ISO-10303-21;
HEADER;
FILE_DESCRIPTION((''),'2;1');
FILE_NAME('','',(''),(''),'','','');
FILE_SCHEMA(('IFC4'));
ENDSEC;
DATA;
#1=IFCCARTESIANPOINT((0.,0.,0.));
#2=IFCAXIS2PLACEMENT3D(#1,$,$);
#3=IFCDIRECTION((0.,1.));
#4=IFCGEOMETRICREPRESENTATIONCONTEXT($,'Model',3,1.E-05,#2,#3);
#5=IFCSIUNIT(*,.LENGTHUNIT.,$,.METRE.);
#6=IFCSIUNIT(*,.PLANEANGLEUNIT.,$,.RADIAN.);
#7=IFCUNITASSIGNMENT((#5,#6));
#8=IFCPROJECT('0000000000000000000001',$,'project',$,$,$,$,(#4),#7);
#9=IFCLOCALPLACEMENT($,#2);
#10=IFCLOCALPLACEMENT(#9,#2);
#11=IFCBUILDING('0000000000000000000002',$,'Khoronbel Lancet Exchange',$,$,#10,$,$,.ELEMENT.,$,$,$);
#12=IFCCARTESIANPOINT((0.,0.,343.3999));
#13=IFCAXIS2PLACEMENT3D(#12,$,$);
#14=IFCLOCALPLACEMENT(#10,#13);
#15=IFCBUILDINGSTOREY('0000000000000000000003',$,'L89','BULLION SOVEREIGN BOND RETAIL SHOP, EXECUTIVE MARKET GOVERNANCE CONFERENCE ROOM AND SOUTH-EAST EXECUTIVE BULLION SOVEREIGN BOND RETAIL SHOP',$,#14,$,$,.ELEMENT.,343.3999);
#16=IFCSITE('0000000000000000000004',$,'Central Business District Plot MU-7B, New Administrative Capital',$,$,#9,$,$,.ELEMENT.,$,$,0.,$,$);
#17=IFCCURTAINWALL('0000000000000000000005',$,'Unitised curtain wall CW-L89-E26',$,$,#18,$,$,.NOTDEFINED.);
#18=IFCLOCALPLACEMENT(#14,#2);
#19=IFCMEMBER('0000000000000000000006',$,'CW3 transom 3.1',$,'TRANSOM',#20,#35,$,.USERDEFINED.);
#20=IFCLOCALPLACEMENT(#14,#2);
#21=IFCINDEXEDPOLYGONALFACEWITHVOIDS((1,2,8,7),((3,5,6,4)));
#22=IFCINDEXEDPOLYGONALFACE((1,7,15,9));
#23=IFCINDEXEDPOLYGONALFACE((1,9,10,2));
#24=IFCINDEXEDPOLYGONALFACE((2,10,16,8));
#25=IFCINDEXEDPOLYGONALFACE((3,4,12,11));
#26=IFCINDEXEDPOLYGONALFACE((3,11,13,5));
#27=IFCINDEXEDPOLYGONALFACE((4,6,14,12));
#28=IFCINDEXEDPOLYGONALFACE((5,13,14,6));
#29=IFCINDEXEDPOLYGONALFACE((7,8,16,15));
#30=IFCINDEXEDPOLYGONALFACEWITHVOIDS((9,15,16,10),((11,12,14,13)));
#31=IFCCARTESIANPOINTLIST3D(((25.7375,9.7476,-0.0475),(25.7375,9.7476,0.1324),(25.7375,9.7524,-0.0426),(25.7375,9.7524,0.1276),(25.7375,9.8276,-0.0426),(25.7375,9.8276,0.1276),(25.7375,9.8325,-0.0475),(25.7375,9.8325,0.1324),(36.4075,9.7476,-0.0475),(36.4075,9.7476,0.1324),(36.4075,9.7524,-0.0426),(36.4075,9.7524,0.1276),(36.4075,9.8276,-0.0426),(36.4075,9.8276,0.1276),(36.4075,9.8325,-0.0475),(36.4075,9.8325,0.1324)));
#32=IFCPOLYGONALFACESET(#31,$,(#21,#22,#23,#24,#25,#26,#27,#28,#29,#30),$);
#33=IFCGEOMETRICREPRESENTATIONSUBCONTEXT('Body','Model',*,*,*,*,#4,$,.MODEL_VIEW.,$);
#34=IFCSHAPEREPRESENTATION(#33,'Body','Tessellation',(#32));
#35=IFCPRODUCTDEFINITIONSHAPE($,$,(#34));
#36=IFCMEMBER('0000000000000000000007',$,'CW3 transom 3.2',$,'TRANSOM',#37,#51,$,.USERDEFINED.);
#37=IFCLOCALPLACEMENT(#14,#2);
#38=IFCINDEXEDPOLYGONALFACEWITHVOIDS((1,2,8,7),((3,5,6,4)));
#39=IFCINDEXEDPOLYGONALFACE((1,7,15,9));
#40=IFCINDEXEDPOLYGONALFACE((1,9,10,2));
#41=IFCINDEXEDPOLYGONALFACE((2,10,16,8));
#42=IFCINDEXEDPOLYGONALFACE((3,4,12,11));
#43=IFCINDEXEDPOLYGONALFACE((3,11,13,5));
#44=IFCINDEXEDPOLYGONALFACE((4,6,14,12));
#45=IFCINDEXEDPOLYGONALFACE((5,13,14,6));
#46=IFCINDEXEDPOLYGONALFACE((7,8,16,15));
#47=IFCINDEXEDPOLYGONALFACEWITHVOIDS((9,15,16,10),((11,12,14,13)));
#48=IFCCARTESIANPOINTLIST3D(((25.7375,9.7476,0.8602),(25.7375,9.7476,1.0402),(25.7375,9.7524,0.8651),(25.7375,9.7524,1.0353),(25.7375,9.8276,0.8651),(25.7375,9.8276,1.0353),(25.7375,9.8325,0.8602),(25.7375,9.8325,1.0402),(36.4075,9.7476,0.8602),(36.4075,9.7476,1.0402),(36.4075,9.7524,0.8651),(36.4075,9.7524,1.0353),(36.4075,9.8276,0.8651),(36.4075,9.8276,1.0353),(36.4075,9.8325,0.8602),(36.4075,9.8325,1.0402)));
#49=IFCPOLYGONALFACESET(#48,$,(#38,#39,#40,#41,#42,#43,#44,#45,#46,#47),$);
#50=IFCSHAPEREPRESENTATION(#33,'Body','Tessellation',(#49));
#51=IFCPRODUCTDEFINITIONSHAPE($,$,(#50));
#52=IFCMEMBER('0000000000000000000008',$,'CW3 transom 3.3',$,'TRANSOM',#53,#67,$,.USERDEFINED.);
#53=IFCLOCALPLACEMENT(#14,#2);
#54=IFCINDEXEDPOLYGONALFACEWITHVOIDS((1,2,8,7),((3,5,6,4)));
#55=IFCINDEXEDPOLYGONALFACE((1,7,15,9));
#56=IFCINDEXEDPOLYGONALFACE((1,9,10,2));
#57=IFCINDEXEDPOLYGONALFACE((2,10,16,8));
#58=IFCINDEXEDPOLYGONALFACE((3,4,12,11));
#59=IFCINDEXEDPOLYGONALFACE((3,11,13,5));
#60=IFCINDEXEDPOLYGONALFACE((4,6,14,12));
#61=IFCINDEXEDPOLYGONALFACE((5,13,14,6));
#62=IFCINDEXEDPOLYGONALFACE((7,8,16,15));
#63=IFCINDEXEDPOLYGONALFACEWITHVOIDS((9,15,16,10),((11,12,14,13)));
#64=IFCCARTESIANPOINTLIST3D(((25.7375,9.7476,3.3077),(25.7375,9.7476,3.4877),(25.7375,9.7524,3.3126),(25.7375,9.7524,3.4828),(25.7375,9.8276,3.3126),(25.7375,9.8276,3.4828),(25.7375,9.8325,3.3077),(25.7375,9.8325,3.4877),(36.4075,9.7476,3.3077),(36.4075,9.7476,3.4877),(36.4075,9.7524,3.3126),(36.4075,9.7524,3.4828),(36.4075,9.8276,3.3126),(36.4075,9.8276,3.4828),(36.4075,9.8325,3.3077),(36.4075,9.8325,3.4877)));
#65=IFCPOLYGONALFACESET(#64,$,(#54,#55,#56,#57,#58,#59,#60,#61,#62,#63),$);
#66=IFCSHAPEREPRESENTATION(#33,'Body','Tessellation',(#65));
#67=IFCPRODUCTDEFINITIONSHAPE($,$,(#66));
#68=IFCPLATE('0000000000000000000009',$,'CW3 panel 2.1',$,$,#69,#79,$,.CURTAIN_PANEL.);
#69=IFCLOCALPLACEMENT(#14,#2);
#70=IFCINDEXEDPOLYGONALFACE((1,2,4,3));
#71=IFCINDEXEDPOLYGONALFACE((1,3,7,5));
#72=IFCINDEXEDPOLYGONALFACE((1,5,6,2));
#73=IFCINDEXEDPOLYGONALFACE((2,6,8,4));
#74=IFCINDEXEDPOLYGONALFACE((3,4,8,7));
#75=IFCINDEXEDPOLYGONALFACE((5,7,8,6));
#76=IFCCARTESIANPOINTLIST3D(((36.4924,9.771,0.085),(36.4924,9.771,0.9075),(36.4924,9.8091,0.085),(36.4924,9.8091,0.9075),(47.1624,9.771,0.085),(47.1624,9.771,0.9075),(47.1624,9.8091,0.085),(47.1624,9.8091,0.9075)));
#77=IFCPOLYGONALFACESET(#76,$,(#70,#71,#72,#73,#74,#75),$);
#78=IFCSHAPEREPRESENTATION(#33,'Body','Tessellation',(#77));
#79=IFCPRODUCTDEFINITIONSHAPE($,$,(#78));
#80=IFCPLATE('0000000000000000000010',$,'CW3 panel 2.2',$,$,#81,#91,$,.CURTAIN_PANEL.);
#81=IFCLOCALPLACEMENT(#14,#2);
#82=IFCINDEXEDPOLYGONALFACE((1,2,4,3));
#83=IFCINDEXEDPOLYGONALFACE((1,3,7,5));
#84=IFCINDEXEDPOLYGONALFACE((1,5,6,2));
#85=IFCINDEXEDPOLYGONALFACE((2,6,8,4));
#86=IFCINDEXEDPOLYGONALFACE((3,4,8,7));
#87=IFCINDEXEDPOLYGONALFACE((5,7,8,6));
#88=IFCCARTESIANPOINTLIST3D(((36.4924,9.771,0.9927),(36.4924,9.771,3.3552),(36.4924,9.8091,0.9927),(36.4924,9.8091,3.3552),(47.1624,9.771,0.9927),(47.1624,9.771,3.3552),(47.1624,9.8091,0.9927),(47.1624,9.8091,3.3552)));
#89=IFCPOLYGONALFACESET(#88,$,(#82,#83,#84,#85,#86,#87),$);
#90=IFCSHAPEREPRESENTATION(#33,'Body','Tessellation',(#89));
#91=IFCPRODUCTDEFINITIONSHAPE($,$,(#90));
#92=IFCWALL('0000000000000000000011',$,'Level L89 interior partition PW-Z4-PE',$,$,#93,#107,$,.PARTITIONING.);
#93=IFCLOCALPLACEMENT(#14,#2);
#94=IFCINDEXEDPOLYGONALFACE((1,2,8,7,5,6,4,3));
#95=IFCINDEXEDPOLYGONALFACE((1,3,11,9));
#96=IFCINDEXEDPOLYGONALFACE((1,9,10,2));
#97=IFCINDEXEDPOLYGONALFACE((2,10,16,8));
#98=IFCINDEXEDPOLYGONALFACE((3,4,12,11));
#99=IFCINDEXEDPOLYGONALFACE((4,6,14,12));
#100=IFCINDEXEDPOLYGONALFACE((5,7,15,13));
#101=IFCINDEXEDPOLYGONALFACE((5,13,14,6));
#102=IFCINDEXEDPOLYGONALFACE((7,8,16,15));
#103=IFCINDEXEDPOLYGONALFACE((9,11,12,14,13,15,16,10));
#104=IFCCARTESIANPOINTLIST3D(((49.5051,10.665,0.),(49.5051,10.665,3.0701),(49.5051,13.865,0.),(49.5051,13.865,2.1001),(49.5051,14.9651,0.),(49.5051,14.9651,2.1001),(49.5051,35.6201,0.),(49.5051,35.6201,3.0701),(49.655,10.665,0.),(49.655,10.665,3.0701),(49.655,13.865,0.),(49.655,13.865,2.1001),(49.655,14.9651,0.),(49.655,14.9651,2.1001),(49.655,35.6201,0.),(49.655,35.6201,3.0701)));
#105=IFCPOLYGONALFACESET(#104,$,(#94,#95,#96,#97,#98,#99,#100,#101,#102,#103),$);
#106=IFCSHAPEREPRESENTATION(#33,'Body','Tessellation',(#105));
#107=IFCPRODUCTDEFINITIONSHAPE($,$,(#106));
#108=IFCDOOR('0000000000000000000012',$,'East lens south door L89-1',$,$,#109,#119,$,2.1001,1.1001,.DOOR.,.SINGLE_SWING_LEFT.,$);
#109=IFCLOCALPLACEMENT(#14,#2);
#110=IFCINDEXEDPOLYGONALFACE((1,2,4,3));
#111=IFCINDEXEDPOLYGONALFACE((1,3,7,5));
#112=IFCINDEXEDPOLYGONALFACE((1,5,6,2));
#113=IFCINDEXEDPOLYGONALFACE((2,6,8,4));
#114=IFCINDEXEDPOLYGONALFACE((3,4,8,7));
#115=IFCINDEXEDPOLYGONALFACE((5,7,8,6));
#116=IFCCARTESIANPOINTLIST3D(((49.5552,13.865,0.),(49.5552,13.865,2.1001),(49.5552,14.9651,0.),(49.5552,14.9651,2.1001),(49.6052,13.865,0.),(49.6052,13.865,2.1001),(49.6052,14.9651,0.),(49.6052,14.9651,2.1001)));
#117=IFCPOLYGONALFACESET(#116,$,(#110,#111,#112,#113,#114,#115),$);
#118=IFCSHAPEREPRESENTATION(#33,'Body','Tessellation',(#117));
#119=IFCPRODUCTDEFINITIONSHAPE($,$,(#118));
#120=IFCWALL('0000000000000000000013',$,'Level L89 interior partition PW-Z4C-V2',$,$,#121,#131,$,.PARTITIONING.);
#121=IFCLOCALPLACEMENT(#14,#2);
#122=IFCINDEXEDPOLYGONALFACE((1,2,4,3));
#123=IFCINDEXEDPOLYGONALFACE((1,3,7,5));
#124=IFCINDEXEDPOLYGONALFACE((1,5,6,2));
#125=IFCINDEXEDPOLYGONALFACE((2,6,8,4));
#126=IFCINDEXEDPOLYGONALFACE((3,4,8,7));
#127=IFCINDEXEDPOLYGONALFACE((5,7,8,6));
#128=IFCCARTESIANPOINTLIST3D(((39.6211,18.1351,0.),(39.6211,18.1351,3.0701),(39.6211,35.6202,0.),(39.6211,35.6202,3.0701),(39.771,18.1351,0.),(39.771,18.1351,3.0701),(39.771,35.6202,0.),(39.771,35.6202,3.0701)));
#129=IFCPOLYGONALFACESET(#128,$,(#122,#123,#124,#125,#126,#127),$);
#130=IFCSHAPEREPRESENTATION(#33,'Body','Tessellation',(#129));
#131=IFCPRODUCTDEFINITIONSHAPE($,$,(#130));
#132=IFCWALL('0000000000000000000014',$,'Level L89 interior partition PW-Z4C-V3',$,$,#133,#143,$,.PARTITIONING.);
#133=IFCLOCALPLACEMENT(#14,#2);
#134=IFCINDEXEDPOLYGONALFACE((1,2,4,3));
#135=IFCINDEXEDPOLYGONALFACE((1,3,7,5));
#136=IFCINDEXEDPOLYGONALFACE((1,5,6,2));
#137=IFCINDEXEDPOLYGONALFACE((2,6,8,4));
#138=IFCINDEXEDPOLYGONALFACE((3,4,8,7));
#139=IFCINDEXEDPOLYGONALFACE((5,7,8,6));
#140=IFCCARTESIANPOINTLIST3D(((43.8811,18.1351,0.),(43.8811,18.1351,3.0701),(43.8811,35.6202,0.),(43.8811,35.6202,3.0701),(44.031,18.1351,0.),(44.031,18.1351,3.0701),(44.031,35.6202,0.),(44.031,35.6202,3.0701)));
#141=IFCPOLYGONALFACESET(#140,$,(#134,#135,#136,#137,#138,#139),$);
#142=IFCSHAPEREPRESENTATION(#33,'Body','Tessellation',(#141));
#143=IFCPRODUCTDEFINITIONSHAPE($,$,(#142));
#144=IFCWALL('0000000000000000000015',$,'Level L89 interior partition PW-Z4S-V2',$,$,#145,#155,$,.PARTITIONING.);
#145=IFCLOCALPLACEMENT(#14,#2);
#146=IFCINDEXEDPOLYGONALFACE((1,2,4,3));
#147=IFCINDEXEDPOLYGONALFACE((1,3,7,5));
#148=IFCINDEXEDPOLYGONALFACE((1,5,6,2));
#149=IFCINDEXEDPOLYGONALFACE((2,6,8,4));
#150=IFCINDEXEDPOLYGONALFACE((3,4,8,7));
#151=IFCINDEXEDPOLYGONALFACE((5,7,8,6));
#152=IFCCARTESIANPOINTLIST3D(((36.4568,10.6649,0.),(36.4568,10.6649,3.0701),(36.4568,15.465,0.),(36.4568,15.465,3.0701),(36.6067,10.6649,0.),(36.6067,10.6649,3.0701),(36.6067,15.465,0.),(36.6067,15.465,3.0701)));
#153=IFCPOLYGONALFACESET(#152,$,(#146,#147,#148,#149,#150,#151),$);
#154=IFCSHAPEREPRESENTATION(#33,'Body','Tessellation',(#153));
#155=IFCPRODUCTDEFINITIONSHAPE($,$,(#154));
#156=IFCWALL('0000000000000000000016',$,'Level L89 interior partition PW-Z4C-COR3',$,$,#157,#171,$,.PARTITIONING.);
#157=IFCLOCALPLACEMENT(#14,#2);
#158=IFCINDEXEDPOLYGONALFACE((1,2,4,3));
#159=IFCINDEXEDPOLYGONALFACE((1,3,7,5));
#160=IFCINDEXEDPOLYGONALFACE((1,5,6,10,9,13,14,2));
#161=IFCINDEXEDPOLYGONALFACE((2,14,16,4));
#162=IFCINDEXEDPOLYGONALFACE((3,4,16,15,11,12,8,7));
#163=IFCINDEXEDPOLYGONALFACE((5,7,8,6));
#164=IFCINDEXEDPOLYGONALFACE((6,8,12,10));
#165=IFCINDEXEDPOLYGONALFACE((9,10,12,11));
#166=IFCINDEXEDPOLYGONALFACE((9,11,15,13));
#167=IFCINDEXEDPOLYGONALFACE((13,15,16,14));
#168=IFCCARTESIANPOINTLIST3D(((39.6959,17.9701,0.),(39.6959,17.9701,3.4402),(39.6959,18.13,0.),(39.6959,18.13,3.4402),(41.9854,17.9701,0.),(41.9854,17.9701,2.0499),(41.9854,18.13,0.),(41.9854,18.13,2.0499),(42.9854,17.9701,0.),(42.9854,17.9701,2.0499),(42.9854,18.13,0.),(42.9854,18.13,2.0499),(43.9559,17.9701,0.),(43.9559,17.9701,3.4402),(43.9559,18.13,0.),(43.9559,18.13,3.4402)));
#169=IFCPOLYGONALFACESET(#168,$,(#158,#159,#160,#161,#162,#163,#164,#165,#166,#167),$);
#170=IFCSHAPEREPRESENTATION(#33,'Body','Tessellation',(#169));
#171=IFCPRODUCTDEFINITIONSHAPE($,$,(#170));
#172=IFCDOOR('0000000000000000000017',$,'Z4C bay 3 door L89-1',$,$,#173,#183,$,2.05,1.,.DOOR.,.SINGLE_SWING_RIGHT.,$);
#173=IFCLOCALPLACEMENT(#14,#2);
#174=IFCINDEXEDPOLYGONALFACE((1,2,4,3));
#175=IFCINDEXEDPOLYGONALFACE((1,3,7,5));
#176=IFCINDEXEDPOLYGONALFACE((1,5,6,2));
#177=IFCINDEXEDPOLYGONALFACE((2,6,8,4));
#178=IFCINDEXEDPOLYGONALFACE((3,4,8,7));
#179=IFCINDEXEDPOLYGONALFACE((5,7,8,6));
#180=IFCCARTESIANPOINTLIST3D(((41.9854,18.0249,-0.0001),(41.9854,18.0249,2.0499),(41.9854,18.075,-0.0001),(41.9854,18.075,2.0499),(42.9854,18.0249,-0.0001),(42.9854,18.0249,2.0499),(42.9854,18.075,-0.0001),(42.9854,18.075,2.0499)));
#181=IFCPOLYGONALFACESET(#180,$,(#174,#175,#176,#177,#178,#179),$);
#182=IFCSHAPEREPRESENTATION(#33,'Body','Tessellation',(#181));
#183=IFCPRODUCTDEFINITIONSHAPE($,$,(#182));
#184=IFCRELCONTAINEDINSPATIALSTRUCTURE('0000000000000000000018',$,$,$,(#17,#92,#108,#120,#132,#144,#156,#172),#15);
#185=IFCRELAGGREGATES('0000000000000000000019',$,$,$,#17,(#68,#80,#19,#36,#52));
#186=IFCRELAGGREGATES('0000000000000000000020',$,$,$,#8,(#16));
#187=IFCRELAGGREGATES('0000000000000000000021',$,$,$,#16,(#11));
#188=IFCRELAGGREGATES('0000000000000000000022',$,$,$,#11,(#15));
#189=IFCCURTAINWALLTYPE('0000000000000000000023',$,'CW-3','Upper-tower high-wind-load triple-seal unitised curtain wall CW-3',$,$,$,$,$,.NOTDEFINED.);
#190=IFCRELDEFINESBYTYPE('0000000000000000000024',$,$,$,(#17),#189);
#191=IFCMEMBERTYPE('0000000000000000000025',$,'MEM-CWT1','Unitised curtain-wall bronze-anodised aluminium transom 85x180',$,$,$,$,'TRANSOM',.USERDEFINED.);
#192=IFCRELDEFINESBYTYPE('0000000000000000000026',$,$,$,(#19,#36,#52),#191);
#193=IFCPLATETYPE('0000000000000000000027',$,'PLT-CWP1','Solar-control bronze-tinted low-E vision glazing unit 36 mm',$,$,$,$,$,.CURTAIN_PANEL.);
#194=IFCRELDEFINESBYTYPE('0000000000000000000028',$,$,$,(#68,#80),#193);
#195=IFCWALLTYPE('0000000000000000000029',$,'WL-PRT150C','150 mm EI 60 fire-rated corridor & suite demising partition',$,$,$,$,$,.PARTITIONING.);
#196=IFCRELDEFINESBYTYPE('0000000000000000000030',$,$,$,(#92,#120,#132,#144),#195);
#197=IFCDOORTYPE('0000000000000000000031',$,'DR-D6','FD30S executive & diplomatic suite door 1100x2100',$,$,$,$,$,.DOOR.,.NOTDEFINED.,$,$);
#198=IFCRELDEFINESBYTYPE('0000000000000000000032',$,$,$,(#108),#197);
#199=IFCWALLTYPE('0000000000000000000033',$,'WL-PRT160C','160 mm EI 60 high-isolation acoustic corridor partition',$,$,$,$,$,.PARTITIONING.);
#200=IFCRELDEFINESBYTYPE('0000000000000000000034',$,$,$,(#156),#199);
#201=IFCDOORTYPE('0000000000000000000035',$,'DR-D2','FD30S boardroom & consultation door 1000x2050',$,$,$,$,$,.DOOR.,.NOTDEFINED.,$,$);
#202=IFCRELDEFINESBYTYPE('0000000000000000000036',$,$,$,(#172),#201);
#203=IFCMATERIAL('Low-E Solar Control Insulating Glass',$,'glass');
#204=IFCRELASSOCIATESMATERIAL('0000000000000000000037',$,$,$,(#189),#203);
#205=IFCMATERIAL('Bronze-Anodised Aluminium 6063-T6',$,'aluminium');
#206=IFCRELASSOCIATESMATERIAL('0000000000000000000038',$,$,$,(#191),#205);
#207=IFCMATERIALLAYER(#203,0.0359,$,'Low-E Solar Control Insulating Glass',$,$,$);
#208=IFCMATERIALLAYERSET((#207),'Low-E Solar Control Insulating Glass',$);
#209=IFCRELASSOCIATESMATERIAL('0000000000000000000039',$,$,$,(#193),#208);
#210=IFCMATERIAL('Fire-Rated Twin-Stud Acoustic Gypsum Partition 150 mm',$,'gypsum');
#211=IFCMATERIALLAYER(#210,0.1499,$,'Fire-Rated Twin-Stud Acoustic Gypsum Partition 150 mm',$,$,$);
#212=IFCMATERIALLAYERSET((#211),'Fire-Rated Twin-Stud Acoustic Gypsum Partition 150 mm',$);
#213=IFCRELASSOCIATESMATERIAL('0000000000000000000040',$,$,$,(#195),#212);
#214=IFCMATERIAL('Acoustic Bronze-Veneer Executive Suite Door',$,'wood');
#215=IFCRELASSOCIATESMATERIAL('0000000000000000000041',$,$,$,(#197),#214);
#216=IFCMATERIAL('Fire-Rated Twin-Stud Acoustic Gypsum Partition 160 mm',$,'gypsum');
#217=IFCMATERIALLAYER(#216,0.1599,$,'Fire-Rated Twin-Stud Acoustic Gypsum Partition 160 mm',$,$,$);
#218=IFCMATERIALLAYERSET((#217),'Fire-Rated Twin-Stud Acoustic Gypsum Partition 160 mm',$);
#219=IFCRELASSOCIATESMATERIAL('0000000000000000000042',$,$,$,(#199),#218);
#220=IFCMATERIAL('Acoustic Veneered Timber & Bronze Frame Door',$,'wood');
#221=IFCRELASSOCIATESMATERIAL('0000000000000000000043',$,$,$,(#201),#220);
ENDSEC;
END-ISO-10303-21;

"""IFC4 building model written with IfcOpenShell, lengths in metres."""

from ifc_helpers import new_model, si_unit, direction, frame, frame_2d, origin, origin_2d, place, context, subcontext, project, spatial, rectangle, hollow_rectangle, extrude, material, layer, layer_set, material_profile, profile_set, type_object, element, fill, aggregate, save


model = new_model("IFC4")

# Units and contexts
model_context = context("Model", 3, precision=1e-05, world=origin(), true_north=direction((0.0, 1.0)))
body_context = subcontext(model_context, "Body", "Model", "MODEL_VIEW")
ifc_project = project(units=[si_unit("LENGTHUNIT", "METRE"), si_unit("PLANEANGLEUNIT", "RADIAN")], contexts=[model_context])

# Site, building, storey
site_placement = place(None, origin())
site = spatial("IfcSite", under=ifc_project, at=site_placement, Name="Central Business District Plot MU-7B, New Administrative Capital", CompositionType="ELEMENT", RefElevation=0.0)
building_placement = place(site_placement, origin())
building = spatial("IfcBuilding", under=site, at=building_placement, Name="Khoronbel Lancet Exchange", CompositionType="ELEMENT")
storey_placement = place(building_placement, frame((0.0, 0.0, 343.3999)))
storey = spatial("IfcBuildingStorey", under=building, at=storey_placement, Name="L89", Description="BULLION SOVEREIGN BOND RETAIL SHOP, EXECUTIVE MARKET GOVERNANCE CONFERENCE ROOM AND SOUTH-EAST EXECUTIVE BULLION SOVEREIGN BOND RETAIL SHOP", CompositionType="ELEMENT", Elevation=343.3999)

# Curtain wall, members, plates
ifc_material_1 = material(Name="Low-E Solar Control Insulating Glass", Category="glass")
curtain_wall_type = type_object("IfcCurtainWallType", Name="CW-3", Description="Upper-tower high-wind-load triple-seal unitised curtain wall CW-3", PredefinedType="NOTDEFINED", material=ifc_material_1)
curtain_wall_placement = place(storey_placement, origin())
curtain_wall = element("IfcCurtainWall", 1, at=curtain_wall_placement, inside=storey, type_object=curtain_wall_type, Name="Unitised curtain wall CW-L89-E26", PredefinedType="NOTDEFINED")
ifc_material_2 = material(Name="Bronze-Anodised Aluminium 6063-T6", Category="aluminium")
ifc_material_profile_1 = material_profile(ifc_material_2, hollow_rectangle(XDim=0.085, YDim=0.1799, WallThickness=0.0049, at=origin_2d()), Name="ALU TRANSOM 85x180")
ifc_profile_set_1 = profile_set([ifc_material_profile_1], Name="Bronze-Anodised Aluminium 6063-T6")
member_type_1 = type_object("IfcMemberType", Name="MEM-CWT1", Description="Unitised curtain-wall bronze-anodised aluminium transom 85x180", ElementType="TRANSOM", PredefinedType="USERDEFINED", material=ifc_profile_set_1)
member_1_placement = place(storey_placement, frame((36.4075, 9.79, 0.0425), z_axis=(-1.0, 0.0, 0.0), x_axis=(0.0, -1.0, 0.0)))
member_1 = element("IfcMember", 2, at=member_1_placement, type_object=member_type_1, Name="CW3 transom 3.1", ObjectType="TRANSOM", PredefinedType="USERDEFINED", context=body_context, shape_type="SweptSolid", body=[
    extrude(hollow_rectangle(XDim=0.085, YDim=0.1799, WallThickness=0.0049, at=origin_2d()), origin(), (0.0, 0.0, 1.0), 10.6699),
])
member_2_placement = place(storey_placement, frame((36.4075, 9.79, 0.9502), z_axis=(-1.0, 0.0, 0.0), x_axis=(0.0, -1.0, 0.0)))
member_2 = element("IfcMember", 3, at=member_2_placement, type_object=member_type_1, Name="CW3 transom 3.2", ObjectType="TRANSOM", PredefinedType="USERDEFINED", context=body_context, shape_type="SweptSolid", body=[
    extrude(hollow_rectangle(XDim=0.085, YDim=0.1799, WallThickness=0.0049, at=origin_2d()), origin(), (0.0, 0.0, 1.0), 10.6699),
])
member_3_placement = place(storey_placement, frame((36.4075, 9.79, 3.3977), z_axis=(-1.0, 0.0, 0.0), x_axis=(0.0, -1.0, 0.0)))
member_3 = element("IfcMember", 4, at=member_3_placement, type_object=member_type_1, Name="CW3 transom 3.3", ObjectType="TRANSOM", PredefinedType="USERDEFINED", context=body_context, shape_type="SweptSolid", body=[
    extrude(hollow_rectangle(XDim=0.085, YDim=0.1799, WallThickness=0.0049, at=origin_2d()), origin(), (0.0, 0.0, 1.0), 10.6699),
])
ifc_layer_1 = layer(ifc_material_1, 0.0359, Name="Low-E Solar Control Insulating Glass")
ifc_layer_set_1 = layer_set([ifc_layer_1], Name="Low-E Solar Control Insulating Glass")
plate_type = type_object("IfcPlateType", Name="PLT-CWP1", Description="Solar-control bronze-tinted low-E vision glazing unit 36 mm", PredefinedType="CURTAIN_PANEL", material=ifc_layer_set_1)
plate_1_placement = place(storey_placement, frame((41.8274, 9.79, 0.085), z_axis=(0.0, 0.0, 1.0), x_axis=(-1.0, 0.0, 0.0)))
plate_1 = element("IfcPlate", 5, at=plate_1_placement, type_object=plate_type, Name="CW3 panel 2.1", PredefinedType="CURTAIN_PANEL", context=body_context, shape_type="SweptSolid", body=[
    extrude(rectangle(XDim=10.6699, YDim=0.0381, at=origin_2d()), origin(), (0.0, 0.0, 1.0), 0.8225),
])
plate_2_placement = place(storey_placement, frame((41.8274, 9.79, 0.9927), z_axis=(0.0, 0.0, 1.0), x_axis=(-1.0, 0.0, 0.0)))
plate_2 = element("IfcPlate", 6, at=plate_2_placement, type_object=plate_type, Name="CW3 panel 2.2", PredefinedType="CURTAIN_PANEL", context=body_context, shape_type="SweptSolid", body=[
    extrude(rectangle(XDim=10.6699, YDim=0.0381, at=origin_2d()), origin(), (0.0, 0.0, 1.0), 2.3625),
])
aggregate(curtain_wall, [plate_1, plate_2, member_1, member_2, member_3])

# Wall, opening, door
ifc_material_3 = material(Name="Fire-Rated Twin-Stud Acoustic Gypsum Partition 150 mm", Category="gypsum")
ifc_layer_2 = layer(ifc_material_3, 0.1499, Name="Fire-Rated Twin-Stud Acoustic Gypsum Partition 150 mm")
ifc_layer_set_2 = layer_set([ifc_layer_2], Name="Fire-Rated Twin-Stud Acoustic Gypsum Partition 150 mm")
wall_type_1 = type_object("IfcWallType", Name="WL-PRT150C", Description="150 mm EI 60 fire-rated corridor & suite demising partition", PredefinedType="PARTITIONING", material=ifc_layer_set_2)
wall_1_placement = place(storey_placement, frame((49.5801, 10.665, 0.0), z_axis=(0.0, 0.0, 1.0), x_axis=(0.0, 1.0, 0.0)))
wall_1 = element("IfcWall", 7, at=wall_1_placement, inside=storey, type_object=wall_type_1, Name="Level L89 interior partition PW-Z4-PE", PredefinedType="PARTITIONING", context=body_context, shape_type="SweptSolid", body=[
    extrude(rectangle(XDim=24.9551, YDim=0.1499, at=frame_2d((12.4775, 0.0))), origin(), (0.0, 0.0, 1.0), 3.0701),
])
opening_1_placement = place(wall_1_placement, frame((3.2, 0.0, 0.0)))
opening_1 = element("IfcOpeningElement", 8, at=opening_1_placement, cuts=wall_1, PredefinedType="OPENING", context=body_context, shape_type="SweptSolid", body=[
    extrude(rectangle(XDim=1.1001, YDim=2.1001, at=frame_2d((0.55, 1.05))), frame((0.0, 0.085, 0.0), z_axis=(0.0, -1.0, 0.0), x_axis=(1.0, 0.0, 0.0)), (0.0, 0.0, 1.0), 0.1699),
])
ifc_material_4 = material(Name="Acoustic Bronze-Veneer Executive Suite Door", Category="wood")
door_type_1 = type_object("IfcDoorType", Name="DR-D6", Description="FD30S executive & diplomatic suite door 1100x2100", OperationType="NOTDEFINED", PredefinedType="DOOR", material=ifc_material_4)
door_1_placement = place(opening_1_placement, origin())
door_1 = element("IfcDoor", 9, at=door_1_placement, inside=storey, type_object=door_type_1, Name="East lens south door L89-1", OperationType="SINGLE_SWING_LEFT", OverallHeight=2.1001, OverallWidth=1.1001, PredefinedType="DOOR", context=body_context, shape_type="SweptSolid", body=[
    extrude(rectangle(XDim=1.1001, YDim=2.1001, at=frame_2d((0.55, 1.05))), frame((0.0, 0.0249, 0.0), z_axis=(0.0, -1.0, 0.0), x_axis=(1.0, 0.0, 0.0)), (0.0, 0.0, 1.0), 0.05),
])
fill(opening_1, door_1)

# Walls
for number, where, z_axis, x_axis, name in (
    (10, (39.696, 18.135, 0.0), (0.0, 0.0, 1.0), (0.0, 1.0, 0.0), "Level L89 interior partition PW-Z4C-V2"),
    (11, (43.9561, 18.135, 0.0), (0.0, 0.0, 1.0), (0.0, 1.0, 0.0), "Level L89 interior partition PW-Z4C-V3"),
):
    element("IfcWall", number, at=place(storey_placement, frame(where, z_axis=z_axis, x_axis=x_axis)), inside=storey, type_object=wall_type_1, Name=name, PredefinedType="PARTITIONING", context=body_context, shape_type="SweptSolid", body=[
        extrude(rectangle(XDim=17.4851, YDim=0.1499, at=frame_2d((8.7427, 0.0))), origin(), (0.0, 0.0, 1.0), 3.0701),
    ])
wall_2_placement = place(storey_placement, frame((36.5317, 10.665, 0.0), z_axis=(0.0, 0.0, 1.0), x_axis=(0.0, 1.0, 0.0)))
element("IfcWall", 12, at=wall_2_placement, inside=storey, type_object=wall_type_1, Name="Level L89 interior partition PW-Z4S-V2", PredefinedType="PARTITIONING", context=body_context, shape_type="SweptSolid", body=[
    extrude(rectangle(XDim=4.8, YDim=0.1499, at=frame_2d((2.3999, 0.0))), origin(), (0.0, 0.0, 1.0), 3.0701),
])

# Wall, opening, door
ifc_material_5 = material(Name="Fire-Rated Twin-Stud Acoustic Gypsum Partition 160 mm", Category="gypsum")
ifc_layer_3 = layer(ifc_material_5, 0.1599, Name="Fire-Rated Twin-Stud Acoustic Gypsum Partition 160 mm")
ifc_layer_set_3 = layer_set([ifc_layer_3], Name="Fire-Rated Twin-Stud Acoustic Gypsum Partition 160 mm")
wall_type_2 = type_object("IfcWallType", Name="WL-PRT160C", Description="160 mm EI 60 high-isolation acoustic corridor partition", PredefinedType="PARTITIONING", material=ifc_layer_set_3)
wall_3_placement = place(storey_placement, frame((39.696, 18.05, 0.0), z_axis=(0.0, 0.0, 1.0), x_axis=(1.0, 0.0, 0.0)))
wall_3 = element("IfcWall", 13, at=wall_3_placement, inside=storey, type_object=wall_type_2, Name="Level L89 interior partition PW-Z4C-COR3", PredefinedType="PARTITIONING", context=body_context, shape_type="SweptSolid", body=[
    extrude(rectangle(XDim=4.26, YDim=0.1599, at=frame_2d((2.1299, 0.0))), origin(), (0.0, 0.0, 1.0), 3.4402),
])
opening_2_placement = place(wall_3_placement, frame((2.2893, 0.0, 0.0)))
opening_2 = element("IfcOpeningElement", 14, at=opening_2_placement, cuts=wall_3, PredefinedType="OPENING", context=body_context, shape_type="SweptSolid", body=[
    extrude(rectangle(XDim=1.0, YDim=2.05, at=frame_2d((0.5, 1.0249))), frame((0.0, 0.0898, 0.0), z_axis=(0.0, -1.0, 0.0), x_axis=(1.0, 0.0, 0.0)), (0.0, 0.0, 1.0), 0.1799),
])
ifc_material_6 = material(Name="Acoustic Veneered Timber & Bronze Frame Door", Category="wood")
door_type_2 = type_object("IfcDoorType", Name="DR-D2", Description="FD30S boardroom & consultation door 1000x2050", OperationType="NOTDEFINED", PredefinedType="DOOR", material=ifc_material_6)
door_2_placement = place(opening_2_placement, origin())
door_2 = element("IfcDoor", 15, at=door_2_placement, inside=storey, type_object=door_type_2, Name="Z4C bay 3 door L89-1", OperationType="SINGLE_SWING_RIGHT", OverallHeight=2.05, OverallWidth=1.0, PredefinedType="DOOR", context=body_context, shape_type="SweptSolid", body=[
    extrude(rectangle(XDim=1.0, YDim=2.05, at=frame_2d((0.5, 1.0249))), frame((0.0, 0.0249, 0.0), z_axis=(0.0, -1.0, 0.0), x_axis=(1.0, 0.0, 0.0)), (0.0, 0.0, 1.0), 0.05),
])
fill(opening_2, door_2)

save(model, "model.ifc")
